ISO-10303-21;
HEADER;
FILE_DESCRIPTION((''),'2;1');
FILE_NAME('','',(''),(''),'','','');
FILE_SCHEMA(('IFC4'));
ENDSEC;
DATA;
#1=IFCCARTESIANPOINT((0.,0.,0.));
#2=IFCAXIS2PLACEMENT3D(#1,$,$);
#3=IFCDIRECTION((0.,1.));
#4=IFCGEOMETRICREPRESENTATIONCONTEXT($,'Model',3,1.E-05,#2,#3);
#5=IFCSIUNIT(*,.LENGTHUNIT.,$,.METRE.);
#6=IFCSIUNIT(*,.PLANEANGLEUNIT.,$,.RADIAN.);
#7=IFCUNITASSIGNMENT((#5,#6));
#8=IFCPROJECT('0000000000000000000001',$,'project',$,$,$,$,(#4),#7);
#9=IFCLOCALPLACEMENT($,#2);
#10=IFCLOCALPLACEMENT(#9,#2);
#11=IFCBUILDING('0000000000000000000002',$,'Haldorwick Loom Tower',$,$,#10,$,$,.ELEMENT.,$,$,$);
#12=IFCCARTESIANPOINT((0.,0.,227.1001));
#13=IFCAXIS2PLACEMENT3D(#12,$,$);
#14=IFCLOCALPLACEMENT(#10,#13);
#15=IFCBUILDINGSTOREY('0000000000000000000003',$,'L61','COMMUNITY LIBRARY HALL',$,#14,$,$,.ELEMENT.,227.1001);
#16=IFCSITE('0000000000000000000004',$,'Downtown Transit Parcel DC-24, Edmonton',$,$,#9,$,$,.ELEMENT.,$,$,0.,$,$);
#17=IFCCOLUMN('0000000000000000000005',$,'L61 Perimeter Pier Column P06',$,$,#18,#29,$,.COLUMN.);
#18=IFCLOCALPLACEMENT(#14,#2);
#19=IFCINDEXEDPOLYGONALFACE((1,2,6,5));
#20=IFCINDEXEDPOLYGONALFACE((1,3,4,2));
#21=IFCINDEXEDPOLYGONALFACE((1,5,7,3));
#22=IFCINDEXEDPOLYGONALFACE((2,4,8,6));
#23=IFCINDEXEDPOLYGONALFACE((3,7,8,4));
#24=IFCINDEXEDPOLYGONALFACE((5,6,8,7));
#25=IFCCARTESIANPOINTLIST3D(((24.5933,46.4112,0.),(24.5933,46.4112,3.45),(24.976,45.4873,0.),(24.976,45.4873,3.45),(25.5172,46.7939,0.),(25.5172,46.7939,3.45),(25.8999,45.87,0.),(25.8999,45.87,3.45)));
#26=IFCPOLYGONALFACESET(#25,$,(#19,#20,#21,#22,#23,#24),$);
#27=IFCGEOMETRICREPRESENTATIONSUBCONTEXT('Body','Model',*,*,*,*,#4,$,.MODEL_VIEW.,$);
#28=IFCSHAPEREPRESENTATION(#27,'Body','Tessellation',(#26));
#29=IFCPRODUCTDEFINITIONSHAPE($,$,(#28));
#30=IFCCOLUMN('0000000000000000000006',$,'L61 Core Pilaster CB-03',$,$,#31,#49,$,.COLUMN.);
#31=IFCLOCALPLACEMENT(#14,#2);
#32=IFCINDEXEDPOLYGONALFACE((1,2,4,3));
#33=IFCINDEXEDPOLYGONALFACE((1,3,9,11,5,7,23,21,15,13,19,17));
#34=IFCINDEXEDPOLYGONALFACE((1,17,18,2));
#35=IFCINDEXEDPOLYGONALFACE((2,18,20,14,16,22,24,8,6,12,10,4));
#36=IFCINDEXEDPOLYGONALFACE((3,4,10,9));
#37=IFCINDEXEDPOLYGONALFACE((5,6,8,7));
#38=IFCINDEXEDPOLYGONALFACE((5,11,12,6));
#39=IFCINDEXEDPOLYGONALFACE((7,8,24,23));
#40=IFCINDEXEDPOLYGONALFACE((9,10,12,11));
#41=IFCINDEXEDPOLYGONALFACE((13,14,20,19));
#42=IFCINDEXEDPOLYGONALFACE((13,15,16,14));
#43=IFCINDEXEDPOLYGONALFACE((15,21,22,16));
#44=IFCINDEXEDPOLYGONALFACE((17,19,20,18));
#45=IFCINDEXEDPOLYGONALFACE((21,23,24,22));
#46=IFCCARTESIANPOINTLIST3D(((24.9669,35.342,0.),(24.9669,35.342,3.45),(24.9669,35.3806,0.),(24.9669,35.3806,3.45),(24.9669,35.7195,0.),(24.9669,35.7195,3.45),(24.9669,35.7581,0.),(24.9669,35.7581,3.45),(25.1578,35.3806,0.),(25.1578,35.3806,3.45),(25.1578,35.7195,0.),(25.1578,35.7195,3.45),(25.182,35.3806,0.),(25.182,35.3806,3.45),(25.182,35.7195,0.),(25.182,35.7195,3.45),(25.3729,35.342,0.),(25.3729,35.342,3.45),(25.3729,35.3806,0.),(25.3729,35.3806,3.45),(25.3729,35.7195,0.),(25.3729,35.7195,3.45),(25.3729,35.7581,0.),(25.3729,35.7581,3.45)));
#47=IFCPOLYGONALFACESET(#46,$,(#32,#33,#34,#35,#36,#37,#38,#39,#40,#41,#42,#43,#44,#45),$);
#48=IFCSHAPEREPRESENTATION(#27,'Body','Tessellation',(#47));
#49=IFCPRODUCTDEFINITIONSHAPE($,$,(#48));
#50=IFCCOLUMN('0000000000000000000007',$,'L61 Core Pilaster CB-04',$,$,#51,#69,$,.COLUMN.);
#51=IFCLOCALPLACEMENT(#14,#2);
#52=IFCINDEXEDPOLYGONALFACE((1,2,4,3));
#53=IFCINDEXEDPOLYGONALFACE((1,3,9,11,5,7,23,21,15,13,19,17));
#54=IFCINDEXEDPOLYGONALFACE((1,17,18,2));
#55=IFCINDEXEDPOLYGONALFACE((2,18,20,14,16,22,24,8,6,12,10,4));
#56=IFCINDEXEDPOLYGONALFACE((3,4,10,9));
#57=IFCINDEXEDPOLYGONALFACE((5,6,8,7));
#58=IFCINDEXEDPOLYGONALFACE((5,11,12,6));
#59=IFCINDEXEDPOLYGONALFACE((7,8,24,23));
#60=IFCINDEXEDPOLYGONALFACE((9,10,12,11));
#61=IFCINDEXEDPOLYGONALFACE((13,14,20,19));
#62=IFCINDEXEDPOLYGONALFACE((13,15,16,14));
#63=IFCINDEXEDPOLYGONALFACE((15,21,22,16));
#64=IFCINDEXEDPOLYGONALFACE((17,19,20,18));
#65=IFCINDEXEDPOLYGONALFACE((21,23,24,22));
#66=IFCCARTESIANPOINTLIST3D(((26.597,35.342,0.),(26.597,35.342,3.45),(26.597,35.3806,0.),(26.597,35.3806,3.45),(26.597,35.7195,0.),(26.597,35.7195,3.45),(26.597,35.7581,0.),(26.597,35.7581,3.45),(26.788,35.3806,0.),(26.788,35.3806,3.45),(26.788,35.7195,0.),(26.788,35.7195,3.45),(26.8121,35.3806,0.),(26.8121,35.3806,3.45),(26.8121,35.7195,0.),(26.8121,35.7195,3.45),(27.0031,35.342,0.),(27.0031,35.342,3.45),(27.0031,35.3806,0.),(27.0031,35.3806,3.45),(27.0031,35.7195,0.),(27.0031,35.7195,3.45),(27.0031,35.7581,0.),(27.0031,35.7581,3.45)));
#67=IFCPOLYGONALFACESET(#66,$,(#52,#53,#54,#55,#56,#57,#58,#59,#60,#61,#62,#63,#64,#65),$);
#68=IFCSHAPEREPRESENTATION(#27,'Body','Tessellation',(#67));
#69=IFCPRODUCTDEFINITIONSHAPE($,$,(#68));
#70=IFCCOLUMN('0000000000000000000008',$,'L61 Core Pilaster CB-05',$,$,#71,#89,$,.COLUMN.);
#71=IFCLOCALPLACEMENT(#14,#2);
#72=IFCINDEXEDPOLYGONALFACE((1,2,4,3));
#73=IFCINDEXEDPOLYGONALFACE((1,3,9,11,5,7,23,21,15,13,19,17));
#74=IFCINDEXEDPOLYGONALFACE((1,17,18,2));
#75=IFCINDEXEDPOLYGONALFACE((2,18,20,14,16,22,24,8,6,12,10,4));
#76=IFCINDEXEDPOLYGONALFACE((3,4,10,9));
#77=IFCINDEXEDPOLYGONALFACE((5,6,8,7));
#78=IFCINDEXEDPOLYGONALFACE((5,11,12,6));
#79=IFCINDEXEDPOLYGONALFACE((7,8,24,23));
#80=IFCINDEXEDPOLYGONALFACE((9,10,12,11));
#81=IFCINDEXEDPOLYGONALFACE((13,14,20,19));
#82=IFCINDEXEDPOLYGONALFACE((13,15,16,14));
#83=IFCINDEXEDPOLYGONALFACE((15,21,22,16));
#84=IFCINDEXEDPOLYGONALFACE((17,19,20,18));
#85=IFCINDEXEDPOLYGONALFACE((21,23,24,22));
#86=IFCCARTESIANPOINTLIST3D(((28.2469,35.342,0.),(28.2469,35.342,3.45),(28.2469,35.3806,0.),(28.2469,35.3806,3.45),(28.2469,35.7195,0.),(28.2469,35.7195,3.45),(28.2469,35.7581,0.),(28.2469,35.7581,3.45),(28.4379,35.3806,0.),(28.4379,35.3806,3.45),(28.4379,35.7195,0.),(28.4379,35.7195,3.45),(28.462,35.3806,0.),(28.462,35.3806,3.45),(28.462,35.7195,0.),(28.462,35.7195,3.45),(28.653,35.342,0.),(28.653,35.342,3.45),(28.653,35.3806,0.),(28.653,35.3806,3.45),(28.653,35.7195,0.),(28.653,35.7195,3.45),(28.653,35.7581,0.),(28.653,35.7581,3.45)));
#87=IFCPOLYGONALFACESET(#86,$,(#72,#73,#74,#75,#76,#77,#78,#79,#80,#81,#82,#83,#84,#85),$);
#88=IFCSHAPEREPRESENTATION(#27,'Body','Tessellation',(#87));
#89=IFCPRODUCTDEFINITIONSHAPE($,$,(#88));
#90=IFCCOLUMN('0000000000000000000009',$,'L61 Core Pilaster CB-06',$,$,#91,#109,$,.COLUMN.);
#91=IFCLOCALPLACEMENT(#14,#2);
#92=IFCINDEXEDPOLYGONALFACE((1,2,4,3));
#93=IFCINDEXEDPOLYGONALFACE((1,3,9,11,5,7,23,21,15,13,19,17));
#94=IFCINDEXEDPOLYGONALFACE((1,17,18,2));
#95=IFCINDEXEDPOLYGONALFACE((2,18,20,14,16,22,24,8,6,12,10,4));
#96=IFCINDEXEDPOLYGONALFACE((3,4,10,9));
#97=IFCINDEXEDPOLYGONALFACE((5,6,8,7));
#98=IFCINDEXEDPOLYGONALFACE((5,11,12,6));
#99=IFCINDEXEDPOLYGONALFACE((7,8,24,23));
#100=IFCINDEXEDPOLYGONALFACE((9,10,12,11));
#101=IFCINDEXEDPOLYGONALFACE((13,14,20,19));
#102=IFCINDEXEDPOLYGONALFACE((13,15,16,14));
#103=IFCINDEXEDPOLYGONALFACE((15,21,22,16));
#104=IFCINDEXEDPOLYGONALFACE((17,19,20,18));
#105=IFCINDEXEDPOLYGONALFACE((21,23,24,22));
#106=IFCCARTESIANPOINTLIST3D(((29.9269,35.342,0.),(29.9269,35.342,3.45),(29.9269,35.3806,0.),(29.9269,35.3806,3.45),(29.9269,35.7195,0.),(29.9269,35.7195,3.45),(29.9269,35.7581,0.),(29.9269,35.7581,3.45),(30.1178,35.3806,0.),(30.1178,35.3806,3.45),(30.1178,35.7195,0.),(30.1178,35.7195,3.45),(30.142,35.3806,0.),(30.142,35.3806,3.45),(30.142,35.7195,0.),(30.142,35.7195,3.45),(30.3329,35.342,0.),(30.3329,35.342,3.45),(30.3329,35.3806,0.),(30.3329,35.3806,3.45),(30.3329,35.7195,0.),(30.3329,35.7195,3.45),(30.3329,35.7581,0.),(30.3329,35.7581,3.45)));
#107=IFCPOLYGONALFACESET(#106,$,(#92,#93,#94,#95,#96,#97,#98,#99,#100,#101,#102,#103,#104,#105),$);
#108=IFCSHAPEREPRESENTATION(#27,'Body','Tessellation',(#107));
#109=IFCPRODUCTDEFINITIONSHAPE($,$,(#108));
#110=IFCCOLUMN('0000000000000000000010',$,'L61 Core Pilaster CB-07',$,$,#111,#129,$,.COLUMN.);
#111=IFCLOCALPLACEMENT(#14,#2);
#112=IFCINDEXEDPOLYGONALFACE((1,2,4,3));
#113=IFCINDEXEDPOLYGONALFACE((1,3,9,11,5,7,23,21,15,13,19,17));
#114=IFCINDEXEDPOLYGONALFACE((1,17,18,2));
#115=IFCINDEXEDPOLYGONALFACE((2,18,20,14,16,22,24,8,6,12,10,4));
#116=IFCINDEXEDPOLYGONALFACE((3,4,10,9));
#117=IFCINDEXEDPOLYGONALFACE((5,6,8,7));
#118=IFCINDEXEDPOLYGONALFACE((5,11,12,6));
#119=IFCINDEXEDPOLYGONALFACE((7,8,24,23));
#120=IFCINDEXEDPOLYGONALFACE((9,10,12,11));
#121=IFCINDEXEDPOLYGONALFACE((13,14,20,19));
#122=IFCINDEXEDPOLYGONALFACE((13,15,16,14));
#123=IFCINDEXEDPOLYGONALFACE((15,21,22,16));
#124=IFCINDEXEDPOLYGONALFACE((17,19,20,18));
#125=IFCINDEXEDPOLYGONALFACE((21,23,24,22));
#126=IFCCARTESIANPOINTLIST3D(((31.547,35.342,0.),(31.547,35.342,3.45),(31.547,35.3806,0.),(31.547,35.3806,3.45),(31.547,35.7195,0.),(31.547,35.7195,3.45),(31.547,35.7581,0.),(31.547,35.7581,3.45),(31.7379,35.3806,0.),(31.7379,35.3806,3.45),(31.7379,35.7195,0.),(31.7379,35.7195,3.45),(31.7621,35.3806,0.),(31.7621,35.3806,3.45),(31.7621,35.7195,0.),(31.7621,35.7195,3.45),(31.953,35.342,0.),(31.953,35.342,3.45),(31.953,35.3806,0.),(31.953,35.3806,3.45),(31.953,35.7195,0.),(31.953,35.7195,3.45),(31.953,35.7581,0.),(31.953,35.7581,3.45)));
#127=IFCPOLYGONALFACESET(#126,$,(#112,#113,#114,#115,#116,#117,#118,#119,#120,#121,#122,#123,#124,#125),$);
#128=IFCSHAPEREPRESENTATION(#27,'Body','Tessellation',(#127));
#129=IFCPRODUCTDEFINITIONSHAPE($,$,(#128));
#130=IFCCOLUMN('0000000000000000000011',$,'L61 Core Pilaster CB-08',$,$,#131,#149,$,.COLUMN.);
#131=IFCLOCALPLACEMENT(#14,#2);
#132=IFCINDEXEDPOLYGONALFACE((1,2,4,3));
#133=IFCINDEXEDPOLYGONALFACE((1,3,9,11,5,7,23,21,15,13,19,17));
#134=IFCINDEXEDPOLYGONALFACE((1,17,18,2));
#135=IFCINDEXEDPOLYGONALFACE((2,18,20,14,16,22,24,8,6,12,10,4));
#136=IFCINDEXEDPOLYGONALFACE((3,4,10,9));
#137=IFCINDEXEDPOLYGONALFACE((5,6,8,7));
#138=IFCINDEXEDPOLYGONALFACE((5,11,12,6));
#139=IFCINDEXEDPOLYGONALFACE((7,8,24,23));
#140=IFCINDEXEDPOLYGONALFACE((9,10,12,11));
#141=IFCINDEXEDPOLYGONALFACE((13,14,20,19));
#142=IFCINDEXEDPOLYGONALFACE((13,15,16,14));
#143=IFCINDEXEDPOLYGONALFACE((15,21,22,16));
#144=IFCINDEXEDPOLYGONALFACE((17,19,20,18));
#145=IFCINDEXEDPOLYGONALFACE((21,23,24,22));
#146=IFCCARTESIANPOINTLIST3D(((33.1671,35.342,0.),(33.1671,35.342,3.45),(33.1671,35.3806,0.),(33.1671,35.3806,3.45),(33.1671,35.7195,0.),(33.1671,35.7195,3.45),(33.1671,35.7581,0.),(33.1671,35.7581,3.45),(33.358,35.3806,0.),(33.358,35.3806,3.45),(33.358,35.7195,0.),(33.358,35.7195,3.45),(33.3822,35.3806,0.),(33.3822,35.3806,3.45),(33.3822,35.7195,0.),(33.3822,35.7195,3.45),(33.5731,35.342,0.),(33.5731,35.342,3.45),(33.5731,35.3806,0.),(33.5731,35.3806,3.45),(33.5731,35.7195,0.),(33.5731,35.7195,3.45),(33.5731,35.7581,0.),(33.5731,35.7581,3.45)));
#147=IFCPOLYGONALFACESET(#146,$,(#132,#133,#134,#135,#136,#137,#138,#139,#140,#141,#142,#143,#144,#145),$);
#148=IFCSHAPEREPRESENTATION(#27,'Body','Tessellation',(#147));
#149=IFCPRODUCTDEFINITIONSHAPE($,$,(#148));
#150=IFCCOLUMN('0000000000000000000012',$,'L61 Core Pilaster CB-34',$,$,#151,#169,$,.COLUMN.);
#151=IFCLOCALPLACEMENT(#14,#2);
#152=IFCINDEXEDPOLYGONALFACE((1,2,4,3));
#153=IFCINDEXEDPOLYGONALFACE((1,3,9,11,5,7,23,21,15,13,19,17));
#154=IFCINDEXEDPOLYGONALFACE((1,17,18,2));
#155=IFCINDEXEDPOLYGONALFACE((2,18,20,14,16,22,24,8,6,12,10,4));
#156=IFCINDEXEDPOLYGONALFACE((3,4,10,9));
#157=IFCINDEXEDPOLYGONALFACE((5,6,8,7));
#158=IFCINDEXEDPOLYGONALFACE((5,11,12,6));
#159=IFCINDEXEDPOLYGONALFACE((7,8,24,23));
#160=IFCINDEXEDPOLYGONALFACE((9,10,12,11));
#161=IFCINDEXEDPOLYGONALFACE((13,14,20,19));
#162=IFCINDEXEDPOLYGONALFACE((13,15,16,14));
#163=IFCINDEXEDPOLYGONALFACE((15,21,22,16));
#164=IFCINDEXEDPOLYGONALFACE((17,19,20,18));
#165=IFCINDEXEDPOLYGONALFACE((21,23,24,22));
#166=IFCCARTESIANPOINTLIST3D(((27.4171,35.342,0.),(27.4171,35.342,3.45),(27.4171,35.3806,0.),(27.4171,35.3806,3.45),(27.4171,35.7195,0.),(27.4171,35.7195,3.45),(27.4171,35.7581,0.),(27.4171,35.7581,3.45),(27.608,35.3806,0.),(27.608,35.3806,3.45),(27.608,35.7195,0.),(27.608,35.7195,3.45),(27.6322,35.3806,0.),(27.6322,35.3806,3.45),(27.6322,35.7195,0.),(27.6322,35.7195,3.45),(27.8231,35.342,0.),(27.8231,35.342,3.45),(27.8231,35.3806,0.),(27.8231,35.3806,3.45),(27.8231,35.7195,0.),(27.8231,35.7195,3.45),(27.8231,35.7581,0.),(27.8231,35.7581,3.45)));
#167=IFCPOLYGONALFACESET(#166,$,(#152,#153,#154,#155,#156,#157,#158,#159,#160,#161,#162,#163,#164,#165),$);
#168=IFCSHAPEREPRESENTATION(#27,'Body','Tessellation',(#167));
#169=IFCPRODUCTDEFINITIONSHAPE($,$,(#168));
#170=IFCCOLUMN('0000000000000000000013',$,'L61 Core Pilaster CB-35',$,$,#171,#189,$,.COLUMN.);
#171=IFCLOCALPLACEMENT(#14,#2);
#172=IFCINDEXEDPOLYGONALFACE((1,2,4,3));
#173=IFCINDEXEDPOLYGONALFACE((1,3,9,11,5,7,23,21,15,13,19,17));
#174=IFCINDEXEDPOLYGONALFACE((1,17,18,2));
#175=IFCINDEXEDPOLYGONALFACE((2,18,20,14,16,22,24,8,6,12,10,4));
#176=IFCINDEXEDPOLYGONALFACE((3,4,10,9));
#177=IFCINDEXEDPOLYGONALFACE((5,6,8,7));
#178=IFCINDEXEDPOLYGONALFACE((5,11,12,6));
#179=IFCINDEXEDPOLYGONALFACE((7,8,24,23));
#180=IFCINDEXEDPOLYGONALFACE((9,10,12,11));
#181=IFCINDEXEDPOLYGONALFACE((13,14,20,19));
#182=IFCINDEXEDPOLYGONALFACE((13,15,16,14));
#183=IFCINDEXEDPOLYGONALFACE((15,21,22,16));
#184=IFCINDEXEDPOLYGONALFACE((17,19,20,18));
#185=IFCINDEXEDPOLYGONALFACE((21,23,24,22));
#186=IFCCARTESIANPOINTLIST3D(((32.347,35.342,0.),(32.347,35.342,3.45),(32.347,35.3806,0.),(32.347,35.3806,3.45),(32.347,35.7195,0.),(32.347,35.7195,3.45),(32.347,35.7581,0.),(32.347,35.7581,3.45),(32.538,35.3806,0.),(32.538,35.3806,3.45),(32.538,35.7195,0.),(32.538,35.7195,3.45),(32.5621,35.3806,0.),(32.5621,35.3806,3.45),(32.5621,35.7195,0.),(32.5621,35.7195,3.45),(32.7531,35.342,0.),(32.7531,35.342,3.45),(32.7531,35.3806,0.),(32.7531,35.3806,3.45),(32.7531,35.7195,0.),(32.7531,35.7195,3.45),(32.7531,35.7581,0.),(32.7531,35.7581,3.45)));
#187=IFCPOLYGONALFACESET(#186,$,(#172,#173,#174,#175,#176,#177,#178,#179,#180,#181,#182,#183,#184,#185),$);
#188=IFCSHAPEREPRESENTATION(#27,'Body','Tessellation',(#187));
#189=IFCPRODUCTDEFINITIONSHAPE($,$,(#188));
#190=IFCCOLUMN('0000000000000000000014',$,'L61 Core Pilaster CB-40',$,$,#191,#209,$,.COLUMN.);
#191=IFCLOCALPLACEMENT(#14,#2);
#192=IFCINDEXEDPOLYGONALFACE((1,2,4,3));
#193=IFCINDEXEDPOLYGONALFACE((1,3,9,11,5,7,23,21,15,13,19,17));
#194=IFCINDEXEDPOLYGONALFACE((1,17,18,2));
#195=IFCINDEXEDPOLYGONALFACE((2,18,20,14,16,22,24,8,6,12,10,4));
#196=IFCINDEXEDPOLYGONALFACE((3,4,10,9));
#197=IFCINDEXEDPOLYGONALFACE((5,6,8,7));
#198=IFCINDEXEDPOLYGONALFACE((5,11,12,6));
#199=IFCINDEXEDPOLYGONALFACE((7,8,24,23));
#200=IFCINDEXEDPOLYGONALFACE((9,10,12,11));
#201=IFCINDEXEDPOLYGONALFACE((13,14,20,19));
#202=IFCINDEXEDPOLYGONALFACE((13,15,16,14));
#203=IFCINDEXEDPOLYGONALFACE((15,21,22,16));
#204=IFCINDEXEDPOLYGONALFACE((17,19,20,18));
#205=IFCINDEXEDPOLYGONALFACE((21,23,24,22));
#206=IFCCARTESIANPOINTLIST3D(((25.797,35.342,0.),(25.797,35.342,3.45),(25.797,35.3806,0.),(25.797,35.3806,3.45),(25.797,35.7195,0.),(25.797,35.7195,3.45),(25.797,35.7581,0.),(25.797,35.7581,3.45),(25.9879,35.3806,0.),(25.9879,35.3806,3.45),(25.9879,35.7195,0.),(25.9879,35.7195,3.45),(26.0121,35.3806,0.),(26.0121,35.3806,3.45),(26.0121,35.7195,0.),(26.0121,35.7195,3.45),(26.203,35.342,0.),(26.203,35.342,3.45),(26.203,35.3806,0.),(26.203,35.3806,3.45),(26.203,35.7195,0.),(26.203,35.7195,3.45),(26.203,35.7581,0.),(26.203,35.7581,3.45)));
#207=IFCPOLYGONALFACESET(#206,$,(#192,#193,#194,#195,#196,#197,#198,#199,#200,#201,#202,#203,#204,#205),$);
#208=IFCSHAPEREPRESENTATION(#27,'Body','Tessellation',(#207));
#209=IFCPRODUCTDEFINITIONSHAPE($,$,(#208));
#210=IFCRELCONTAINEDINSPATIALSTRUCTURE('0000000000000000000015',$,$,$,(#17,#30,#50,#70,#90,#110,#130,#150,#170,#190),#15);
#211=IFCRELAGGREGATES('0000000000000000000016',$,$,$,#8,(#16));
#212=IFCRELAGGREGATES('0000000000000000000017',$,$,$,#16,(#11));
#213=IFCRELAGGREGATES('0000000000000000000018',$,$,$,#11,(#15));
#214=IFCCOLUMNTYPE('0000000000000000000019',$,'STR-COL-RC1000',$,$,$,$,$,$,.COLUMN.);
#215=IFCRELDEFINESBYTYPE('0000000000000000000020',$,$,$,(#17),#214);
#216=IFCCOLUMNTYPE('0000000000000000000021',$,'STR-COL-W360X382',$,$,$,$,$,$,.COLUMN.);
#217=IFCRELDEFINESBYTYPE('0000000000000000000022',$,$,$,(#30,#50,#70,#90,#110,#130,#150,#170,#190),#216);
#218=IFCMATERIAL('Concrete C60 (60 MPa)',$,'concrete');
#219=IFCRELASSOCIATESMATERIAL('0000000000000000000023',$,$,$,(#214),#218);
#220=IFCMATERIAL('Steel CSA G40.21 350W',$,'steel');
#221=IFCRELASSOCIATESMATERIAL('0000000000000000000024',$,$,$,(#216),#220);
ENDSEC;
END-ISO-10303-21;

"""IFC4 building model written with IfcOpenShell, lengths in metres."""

from ifc_helpers import new_model, si_unit, direction, frame, origin, origin_2d, place, context, subcontext, project, spatial, rectangle, i_section, extrude, material, material_profile, profile_set, type_object, element, save


model = new_model("IFC4")

# Units and contexts
model_context = context("Model", 3, precision=1e-05, world=origin(), true_north=direction((0.0, 1.0)))
body_context = subcontext(model_context, "Body", "Model", "MODEL_VIEW")
ifc_project = project(units=[si_unit("LENGTHUNIT", "METRE"), si_unit("PLANEANGLEUNIT", "RADIAN")], contexts=[model_context])

# Site, building, storey
site_placement = place(None, origin())
site = spatial("IfcSite", under=ifc_project, at=site_placement, Name="Downtown Transit Parcel DC-24, Edmonton", CompositionType="ELEMENT", RefElevation=0.0)
building_placement = place(site_placement, origin())
building = spatial("IfcBuilding", under=site, at=building_placement, Name="Haldorwick Loom Tower", CompositionType="ELEMENT")
storey_placement = place(building_placement, frame((0.0, 0.0, 227.1001)))
storey = spatial("IfcBuildingStorey", under=building, at=storey_placement, Name="L61", Description="COMMUNITY LIBRARY HALL", CompositionType="ELEMENT", Elevation=227.1001)

# Columns
ifc_material_1 = material(Name="Concrete C60 (60 MPa)", Category="concrete")
ifc_material_profile_1 = material_profile(ifc_material_1, rectangle(XDim=1.0, YDim=1.0, at=origin_2d()), Name="RC1000X1000", Category="concrete")
ifc_profile_set_1 = profile_set([ifc_material_profile_1], Name="Concrete C60 (60 MPa)")
column_type_1 = type_object("IfcColumnType", Name="STR-COL-RC1000", PredefinedType="COLUMN", material=ifc_profile_set_1)
column_placement = place(storey_placement, frame((25.2466, 46.1406, 0.0), z_axis=(0.0, 0.0, 1.0), x_axis=(-0.382683, 0.92388, 0.0)))
element("IfcColumn", 1, at=column_placement, inside=storey, type_object=column_type_1, Name="L61 Perimeter Pier Column P06", PredefinedType="COLUMN", context=body_context, shape_type="SweptSolid", body=[
    extrude(rectangle(XDim=1.0, YDim=1.0, at=origin_2d()), origin(), (0.0, 0.0, 1.0), 3.45),
])
ifc_material_2 = material(Name="Steel CSA G40.21 350W", Category="steel")
ifc_material_profile_2 = material_profile(ifc_material_2, i_section(OverallWidth=0.406, OverallDepth=0.416, WebThickness=0.0242, FlangeThickness=0.0386, at=origin_2d()), Name="W360X382", Category="steel")
ifc_profile_set_2 = profile_set([ifc_material_profile_2], Name="Steel CSA G40.21 350W")
column_type_2 = type_object("IfcColumnType", Name="STR-COL-W360X382", PredefinedType="COLUMN", material=ifc_profile_set_2)
for number, where, z_axis, x_axis, name in (
    (2, (25.1699, 35.55, 0.0), (0.0, 0.0, 1.0), (1.0, 0.0, 0.0), "L61 Core Pilaster CB-03"),
    (3, (26.8, 35.55, 0.0), (0.0, 0.0, 1.0), (1.0, 0.0, 0.0), "L61 Core Pilaster CB-04"),
    (4, (28.45, 35.55, 0.0), (0.0, 0.0, 1.0), (1.0, 0.0, 0.0), "L61 Core Pilaster CB-05"),
    (5, (30.1299, 35.55, 0.0), (0.0, 0.0, 1.0), (1.0, 0.0, 0.0), "L61 Core Pilaster CB-06"),
    (6, (31.75, 35.55, 0.0), (0.0, 0.0, 1.0), (1.0, 0.0, 0.0), "L61 Core Pilaster CB-07"),
    (7, (33.3701, 35.55, 0.0), (0.0, 0.0, 1.0), (1.0, 0.0, 0.0), "L61 Core Pilaster CB-08"),
    (8, (27.6201, 35.55, 0.0), (0.0, 0.0, 1.0), (1.0, 0.0, 0.0), "L61 Core Pilaster CB-34"),
    (9, (32.55, 35.55, 0.0), (0.0, 0.0, 1.0), (1.0, 0.0, 0.0), "L61 Core Pilaster CB-35"),
    (10, (26.0, 35.55, 0.0), (0.0, 0.0, 1.0), (1.0, 0.0, 0.0), "L61 Core Pilaster CB-40"),
):
    element("IfcColumn", number, at=place(storey_placement, frame(where, z_axis=z_axis, x_axis=x_axis)), inside=storey, type_object=column_type_2, Name=name, PredefinedType="COLUMN", context=body_context, shape_type="SweptSolid", body=[
        extrude(i_section(OverallWidth=0.406, OverallDepth=0.416, WebThickness=0.0242, FlangeThickness=0.0386, at=origin_2d()), origin(), (0.0, 0.0, 1.0), 3.45),
    ])

save(model, "model.ifc")
